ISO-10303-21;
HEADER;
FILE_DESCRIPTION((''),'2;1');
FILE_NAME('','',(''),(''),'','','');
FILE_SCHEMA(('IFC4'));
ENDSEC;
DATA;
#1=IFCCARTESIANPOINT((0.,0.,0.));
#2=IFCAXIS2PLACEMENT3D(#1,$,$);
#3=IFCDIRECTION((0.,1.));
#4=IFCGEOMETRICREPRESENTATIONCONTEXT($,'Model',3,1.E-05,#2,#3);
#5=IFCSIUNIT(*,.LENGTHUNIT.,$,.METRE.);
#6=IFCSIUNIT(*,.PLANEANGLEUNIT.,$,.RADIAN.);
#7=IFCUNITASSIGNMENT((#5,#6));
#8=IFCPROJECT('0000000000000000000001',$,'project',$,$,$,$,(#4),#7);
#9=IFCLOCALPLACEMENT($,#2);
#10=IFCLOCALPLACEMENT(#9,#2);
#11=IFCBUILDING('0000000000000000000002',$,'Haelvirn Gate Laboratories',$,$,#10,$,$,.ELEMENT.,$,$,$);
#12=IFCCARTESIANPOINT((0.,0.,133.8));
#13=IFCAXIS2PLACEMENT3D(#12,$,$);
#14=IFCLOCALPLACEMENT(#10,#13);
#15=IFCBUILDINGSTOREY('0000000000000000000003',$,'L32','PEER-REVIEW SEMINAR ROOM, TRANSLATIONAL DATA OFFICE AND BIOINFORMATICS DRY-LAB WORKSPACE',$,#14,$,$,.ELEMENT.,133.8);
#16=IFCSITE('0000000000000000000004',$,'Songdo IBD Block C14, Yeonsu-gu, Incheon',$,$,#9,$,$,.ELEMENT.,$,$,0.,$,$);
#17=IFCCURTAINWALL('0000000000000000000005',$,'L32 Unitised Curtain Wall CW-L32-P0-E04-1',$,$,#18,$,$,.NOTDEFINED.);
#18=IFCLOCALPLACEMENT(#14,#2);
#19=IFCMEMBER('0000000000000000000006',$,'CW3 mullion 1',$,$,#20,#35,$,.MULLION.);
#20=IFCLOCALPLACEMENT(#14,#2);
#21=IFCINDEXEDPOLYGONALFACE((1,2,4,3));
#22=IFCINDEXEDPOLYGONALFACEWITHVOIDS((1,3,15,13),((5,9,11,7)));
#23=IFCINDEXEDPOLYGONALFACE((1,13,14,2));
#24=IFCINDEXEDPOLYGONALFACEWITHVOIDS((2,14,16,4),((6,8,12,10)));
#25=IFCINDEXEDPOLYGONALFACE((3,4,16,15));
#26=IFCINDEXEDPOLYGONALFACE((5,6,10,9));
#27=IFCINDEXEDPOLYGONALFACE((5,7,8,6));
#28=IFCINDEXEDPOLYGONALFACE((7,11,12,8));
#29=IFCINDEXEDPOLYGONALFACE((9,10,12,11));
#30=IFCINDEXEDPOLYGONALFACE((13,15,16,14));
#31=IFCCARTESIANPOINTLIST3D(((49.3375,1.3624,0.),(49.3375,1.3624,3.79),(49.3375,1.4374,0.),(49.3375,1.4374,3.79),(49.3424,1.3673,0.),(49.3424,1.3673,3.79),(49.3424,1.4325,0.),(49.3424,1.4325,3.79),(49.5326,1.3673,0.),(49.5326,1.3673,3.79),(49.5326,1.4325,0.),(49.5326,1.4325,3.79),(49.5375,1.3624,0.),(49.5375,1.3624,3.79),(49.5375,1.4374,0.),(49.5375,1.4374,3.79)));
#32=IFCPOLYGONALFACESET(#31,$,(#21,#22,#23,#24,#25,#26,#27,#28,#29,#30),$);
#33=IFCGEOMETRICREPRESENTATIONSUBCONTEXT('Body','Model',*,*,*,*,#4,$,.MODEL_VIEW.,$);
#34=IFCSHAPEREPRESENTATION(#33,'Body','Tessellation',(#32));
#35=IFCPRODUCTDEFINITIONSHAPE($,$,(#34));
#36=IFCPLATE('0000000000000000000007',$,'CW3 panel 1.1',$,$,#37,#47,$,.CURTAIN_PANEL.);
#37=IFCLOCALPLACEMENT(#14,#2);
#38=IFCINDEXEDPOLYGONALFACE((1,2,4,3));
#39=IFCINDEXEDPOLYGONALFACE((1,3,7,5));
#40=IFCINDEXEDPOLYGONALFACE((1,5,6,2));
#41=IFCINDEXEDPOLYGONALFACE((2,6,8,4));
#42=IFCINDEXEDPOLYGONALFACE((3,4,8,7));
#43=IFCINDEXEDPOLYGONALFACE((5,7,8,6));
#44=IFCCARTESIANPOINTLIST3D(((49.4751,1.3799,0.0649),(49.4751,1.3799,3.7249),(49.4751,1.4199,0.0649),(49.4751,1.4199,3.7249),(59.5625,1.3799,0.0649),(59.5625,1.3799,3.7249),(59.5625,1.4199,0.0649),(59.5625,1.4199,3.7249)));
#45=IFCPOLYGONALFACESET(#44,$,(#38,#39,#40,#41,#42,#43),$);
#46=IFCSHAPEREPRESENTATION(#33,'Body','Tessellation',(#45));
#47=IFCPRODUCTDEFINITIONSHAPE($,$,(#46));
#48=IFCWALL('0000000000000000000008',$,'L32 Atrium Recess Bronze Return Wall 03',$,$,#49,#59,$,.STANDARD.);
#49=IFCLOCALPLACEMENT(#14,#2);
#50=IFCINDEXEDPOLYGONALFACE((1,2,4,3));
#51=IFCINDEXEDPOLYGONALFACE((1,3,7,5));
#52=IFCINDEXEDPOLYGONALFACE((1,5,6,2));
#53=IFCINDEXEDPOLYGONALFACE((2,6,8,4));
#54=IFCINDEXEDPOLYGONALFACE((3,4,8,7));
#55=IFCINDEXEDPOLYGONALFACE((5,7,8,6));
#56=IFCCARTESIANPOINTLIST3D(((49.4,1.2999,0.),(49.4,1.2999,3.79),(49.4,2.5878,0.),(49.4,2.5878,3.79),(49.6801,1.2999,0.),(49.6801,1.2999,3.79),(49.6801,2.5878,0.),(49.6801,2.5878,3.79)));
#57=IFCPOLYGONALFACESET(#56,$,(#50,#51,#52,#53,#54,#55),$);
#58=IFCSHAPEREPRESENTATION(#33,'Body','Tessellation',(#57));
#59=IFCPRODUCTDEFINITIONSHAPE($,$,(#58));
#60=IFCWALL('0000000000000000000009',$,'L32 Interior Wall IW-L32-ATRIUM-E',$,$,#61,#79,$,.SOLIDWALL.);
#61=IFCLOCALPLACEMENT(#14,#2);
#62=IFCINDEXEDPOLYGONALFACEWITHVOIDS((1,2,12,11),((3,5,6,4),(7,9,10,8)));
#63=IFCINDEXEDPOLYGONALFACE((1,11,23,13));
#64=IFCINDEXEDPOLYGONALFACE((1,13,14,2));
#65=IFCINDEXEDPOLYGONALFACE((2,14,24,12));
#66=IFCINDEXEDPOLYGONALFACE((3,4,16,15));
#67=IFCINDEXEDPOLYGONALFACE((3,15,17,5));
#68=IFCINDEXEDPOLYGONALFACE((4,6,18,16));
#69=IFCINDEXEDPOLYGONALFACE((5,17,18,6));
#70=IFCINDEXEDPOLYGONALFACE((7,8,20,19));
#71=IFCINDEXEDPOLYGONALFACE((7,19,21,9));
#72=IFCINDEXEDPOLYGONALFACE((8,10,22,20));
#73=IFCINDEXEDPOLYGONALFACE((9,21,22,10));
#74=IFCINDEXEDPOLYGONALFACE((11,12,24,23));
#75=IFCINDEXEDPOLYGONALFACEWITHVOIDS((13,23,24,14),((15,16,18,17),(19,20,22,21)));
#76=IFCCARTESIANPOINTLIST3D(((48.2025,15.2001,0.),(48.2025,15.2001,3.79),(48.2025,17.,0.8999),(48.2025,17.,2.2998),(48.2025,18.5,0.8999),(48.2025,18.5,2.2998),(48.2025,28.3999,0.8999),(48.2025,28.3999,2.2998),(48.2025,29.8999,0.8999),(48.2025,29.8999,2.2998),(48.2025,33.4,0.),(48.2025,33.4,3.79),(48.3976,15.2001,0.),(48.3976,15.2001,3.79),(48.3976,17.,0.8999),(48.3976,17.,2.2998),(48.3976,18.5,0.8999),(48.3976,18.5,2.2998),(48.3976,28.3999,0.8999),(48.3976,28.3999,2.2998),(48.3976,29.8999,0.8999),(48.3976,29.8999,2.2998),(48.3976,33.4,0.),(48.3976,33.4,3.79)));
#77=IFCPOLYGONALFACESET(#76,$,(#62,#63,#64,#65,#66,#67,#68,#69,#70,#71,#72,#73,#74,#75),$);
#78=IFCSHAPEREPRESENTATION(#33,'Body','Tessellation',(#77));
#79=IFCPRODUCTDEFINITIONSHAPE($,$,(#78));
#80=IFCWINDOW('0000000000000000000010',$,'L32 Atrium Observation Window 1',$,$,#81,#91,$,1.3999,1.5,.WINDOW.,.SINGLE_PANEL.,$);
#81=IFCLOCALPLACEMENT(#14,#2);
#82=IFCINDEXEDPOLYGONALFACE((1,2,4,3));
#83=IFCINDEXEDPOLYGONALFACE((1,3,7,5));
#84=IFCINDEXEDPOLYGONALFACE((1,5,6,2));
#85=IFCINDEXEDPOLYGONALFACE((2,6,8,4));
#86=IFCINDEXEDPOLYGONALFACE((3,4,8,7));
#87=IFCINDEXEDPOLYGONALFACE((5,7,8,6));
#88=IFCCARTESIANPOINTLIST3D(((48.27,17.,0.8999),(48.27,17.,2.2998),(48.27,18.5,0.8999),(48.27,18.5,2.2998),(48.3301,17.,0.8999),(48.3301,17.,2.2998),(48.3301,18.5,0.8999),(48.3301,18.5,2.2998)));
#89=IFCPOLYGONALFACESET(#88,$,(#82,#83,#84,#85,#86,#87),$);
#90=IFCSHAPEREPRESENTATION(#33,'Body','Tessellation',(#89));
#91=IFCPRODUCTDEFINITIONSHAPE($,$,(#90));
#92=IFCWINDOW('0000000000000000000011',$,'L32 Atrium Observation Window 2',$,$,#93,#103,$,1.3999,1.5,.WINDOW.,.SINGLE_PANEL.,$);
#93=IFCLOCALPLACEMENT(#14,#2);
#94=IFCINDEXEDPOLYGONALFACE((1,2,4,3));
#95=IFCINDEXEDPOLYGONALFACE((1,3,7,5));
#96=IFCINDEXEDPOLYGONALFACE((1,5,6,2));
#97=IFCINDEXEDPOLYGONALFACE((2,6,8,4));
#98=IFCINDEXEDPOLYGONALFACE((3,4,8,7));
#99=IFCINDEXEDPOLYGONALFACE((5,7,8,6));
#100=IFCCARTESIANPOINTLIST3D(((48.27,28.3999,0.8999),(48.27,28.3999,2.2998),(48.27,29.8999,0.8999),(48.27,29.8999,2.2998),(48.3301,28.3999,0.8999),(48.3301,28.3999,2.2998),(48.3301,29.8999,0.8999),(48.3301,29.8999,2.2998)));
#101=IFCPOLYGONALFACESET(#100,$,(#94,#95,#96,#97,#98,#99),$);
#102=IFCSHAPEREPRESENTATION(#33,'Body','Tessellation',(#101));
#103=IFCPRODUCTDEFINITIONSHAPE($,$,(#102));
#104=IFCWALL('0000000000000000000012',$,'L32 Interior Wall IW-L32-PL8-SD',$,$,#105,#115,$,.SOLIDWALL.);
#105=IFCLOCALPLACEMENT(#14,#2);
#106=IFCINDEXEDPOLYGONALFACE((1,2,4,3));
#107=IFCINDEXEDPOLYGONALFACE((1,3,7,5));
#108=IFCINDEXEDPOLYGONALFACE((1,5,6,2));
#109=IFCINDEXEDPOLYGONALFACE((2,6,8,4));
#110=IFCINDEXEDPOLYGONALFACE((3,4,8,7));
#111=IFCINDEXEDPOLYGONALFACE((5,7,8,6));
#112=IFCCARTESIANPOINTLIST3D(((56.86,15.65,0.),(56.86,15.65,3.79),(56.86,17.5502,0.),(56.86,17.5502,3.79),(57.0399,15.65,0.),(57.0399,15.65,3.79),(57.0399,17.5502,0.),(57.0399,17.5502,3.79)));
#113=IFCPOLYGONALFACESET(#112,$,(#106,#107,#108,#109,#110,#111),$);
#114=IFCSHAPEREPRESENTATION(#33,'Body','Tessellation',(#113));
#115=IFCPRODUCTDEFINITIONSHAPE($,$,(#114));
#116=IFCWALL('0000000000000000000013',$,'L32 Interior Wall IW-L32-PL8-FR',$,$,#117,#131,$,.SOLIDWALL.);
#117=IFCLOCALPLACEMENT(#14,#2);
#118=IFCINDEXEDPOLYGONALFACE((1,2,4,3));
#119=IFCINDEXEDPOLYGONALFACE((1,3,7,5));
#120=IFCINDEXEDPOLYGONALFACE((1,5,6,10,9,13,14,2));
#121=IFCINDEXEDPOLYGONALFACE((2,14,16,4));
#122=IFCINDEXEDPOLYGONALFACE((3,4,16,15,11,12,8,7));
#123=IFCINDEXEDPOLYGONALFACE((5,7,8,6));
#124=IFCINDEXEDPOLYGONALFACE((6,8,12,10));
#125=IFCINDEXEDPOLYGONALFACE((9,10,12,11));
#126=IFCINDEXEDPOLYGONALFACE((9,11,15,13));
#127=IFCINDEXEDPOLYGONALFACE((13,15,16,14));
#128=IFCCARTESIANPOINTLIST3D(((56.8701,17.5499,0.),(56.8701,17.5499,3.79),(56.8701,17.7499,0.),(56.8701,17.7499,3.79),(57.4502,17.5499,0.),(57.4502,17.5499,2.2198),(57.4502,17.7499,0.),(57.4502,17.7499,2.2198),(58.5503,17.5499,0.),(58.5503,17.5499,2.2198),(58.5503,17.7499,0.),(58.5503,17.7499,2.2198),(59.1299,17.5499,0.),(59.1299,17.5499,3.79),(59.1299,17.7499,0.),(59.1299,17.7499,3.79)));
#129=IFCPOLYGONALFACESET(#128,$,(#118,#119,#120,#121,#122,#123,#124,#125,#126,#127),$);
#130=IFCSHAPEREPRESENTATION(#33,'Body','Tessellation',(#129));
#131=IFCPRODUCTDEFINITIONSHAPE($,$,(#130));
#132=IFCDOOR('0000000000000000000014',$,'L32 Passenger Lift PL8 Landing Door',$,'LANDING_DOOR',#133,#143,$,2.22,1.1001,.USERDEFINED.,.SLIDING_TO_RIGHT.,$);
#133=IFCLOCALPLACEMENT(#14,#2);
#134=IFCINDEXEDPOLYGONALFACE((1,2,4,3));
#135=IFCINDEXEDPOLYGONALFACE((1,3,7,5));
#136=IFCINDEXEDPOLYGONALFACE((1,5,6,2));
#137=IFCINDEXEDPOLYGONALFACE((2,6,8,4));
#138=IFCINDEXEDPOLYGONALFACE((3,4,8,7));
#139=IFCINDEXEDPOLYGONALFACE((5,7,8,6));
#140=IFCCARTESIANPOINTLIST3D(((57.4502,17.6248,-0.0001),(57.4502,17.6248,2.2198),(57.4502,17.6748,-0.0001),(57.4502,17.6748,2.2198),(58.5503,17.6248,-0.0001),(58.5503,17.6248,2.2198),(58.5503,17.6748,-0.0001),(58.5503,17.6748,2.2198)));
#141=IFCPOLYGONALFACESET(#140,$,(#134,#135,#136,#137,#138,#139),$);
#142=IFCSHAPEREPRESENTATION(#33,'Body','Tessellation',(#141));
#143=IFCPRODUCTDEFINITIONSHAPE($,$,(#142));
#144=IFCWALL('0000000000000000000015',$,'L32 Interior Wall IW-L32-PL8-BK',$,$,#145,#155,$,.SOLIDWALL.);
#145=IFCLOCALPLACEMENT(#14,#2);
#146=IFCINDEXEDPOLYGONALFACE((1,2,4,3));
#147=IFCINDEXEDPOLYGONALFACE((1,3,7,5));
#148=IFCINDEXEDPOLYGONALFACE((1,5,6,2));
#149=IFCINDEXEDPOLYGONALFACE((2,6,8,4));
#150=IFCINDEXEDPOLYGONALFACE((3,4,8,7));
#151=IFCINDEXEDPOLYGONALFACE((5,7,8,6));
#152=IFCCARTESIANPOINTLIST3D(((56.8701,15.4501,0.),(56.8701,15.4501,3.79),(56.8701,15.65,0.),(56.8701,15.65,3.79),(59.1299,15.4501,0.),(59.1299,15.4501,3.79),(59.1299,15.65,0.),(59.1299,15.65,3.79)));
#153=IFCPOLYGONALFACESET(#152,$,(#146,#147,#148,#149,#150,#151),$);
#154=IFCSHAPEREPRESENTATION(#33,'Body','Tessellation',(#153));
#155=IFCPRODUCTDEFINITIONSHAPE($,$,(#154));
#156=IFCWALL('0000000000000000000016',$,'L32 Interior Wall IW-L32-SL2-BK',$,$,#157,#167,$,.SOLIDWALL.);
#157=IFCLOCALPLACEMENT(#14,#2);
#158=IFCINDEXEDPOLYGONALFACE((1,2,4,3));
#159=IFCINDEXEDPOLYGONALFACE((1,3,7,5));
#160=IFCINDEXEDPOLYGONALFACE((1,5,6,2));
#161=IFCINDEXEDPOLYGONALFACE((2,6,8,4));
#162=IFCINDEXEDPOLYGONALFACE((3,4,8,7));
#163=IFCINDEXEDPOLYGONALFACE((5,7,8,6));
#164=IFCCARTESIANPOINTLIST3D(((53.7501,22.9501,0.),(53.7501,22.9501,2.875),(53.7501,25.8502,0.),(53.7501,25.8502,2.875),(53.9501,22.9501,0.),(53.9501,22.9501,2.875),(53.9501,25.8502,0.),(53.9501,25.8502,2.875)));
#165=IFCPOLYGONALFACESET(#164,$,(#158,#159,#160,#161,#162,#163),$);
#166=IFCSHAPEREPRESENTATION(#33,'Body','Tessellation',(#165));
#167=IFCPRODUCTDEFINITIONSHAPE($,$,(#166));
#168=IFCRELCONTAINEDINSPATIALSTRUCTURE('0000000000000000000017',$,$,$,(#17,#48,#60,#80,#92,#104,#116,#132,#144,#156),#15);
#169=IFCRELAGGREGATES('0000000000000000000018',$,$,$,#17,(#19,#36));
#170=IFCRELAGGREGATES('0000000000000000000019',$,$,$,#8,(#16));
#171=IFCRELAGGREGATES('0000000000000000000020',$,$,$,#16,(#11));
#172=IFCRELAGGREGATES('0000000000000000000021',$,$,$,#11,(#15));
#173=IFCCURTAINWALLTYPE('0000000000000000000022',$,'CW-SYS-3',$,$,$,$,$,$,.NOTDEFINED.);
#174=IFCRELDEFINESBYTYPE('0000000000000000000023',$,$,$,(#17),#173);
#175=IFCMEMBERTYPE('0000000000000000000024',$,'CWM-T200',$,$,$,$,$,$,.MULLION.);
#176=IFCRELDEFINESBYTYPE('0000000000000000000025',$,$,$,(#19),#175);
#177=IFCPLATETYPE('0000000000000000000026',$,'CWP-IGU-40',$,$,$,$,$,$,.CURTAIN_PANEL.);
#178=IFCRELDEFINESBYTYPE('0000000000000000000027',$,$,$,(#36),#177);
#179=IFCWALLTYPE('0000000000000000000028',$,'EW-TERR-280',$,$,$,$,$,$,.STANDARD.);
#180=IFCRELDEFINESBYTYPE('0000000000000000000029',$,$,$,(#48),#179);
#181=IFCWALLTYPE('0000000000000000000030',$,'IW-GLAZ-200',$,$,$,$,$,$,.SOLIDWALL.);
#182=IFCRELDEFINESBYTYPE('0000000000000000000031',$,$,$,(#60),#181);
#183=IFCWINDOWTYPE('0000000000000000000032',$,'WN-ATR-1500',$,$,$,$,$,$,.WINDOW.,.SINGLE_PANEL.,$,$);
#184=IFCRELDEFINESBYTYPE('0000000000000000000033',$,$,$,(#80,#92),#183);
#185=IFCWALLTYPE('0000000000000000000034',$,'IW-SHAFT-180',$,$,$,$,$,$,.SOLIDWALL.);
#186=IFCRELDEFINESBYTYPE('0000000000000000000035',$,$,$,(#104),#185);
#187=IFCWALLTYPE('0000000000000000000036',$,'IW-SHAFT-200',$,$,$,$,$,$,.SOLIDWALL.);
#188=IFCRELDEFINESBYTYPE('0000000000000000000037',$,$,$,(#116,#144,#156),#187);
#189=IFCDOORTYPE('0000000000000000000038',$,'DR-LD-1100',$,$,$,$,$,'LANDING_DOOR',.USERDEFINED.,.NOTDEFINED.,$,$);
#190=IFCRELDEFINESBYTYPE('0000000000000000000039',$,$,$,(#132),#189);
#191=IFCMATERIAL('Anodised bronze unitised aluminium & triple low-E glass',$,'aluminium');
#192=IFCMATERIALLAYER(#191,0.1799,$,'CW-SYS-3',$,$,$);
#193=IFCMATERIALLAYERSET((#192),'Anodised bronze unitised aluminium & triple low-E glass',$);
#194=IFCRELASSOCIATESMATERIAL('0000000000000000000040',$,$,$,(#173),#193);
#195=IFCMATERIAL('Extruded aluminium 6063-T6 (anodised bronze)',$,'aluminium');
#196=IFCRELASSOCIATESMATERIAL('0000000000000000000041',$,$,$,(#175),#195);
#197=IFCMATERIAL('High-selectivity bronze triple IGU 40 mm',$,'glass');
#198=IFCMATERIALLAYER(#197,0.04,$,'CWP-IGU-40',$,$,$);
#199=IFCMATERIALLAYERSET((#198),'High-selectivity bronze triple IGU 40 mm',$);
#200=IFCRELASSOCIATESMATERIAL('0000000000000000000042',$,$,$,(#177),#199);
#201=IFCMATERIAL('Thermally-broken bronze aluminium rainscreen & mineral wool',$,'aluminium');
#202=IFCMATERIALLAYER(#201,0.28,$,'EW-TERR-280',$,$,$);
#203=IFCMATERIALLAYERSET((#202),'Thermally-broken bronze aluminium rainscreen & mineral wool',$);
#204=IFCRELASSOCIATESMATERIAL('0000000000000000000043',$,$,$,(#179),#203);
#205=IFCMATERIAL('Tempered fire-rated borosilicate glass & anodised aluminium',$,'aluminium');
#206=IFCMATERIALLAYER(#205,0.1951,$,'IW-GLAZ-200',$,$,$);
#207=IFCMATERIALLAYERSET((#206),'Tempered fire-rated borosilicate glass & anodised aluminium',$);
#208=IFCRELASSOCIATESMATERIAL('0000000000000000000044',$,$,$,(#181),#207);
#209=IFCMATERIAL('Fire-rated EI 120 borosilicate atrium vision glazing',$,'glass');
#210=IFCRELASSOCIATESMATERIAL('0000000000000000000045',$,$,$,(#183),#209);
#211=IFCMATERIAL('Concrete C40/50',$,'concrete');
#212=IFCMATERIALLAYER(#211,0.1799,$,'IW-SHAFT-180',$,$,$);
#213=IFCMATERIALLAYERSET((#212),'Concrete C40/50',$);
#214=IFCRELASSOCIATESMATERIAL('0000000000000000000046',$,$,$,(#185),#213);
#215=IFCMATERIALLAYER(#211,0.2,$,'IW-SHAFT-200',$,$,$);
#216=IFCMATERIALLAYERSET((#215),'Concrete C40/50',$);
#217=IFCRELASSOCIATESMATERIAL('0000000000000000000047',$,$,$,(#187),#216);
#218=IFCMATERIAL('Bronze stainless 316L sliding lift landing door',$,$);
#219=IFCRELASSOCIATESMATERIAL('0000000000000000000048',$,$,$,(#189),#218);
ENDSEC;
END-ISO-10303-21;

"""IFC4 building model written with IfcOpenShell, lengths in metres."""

from ifc_helpers import new_model, si_unit, direction, frame, frame_2d, origin, origin_2d, place, context, subcontext, project, spatial, rectangle, hollow_rectangle, extrude, source, transform, mapped, material, layer, layer_set, material_profile, profile_set, type_object, type_shapes, element, fill, aggregate, save


model = new_model("IFC4")

# Units and contexts
model_context = context("Model", 3, precision=1e-05, world=origin(), true_north=direction((0.0, 1.0)))
body_context = subcontext(model_context, "Body", "Model", "MODEL_VIEW")
ifc_project = project(units=[si_unit("LENGTHUNIT", "METRE"), si_unit("PLANEANGLEUNIT", "RADIAN")], contexts=[model_context])

# Site, building, storey
site_placement = place(None, origin())
site = spatial("IfcSite", under=ifc_project, at=site_placement, Name="Songdo IBD Block C14, Yeonsu-gu, Incheon", CompositionType="ELEMENT", RefElevation=0.0)
building_placement = place(site_placement, origin())
building = spatial("IfcBuilding", under=site, at=building_placement, Name="Haelvirn Gate Laboratories", CompositionType="ELEMENT")
storey_placement = place(building_placement, frame((0.0, 0.0, 133.8)))
storey = spatial("IfcBuildingStorey", under=building, at=storey_placement, Name="L32", Description="PEER-REVIEW SEMINAR ROOM, TRANSLATIONAL DATA OFFICE AND BIOINFORMATICS DRY-LAB WORKSPACE", CompositionType="ELEMENT", Elevation=133.8)

# Curtain wall
ifc_material_1 = material(Name="Anodised bronze unitised aluminium & triple low-E glass", Category="aluminium")
ifc_layer_1 = layer(ifc_material_1, 0.1799, Name="CW-SYS-3")
ifc_layer_set_1 = layer_set([ifc_layer_1], Name="Anodised bronze unitised aluminium & triple low-E glass")
curtain_wall_type = type_object("IfcCurtainWallType", Name="CW-SYS-3", PredefinedType="NOTDEFINED", material=ifc_layer_set_1)
curtain_wall_1_placement = place(storey_placement, origin())
curtain_wall_1 = element("IfcCurtainWall", 1, at=curtain_wall_1_placement, inside=storey, type_object=curtain_wall_type, Name="L32 Unitised Curtain Wall CW-L32-P0-E04-1", PredefinedType="NOTDEFINED")
ifc_material_2 = material(Name="Extruded aluminium 6063-T6 (anodised bronze)", Category="aluminium")

# Shared definitions
ifc_material_profile_1 = material_profile(ifc_material_2, hollow_rectangle(XDim=0.075, YDim=0.2, WallThickness=0.0049, at=origin_2d()), Name="CWM-200x75x5")
ifc_profile_set_1 = profile_set([ifc_material_profile_1], Name="Extruded aluminium 6063-T6 (anodised bronze)")
member_type_1 = type_object("IfcMemberType", Name="CWM-T200", PredefinedType="MULLION", material=ifc_profile_set_1)
shared_shape_1 = source(origin(), body_context, "Body", "SweptSolid", [
    extrude(hollow_rectangle(XDim=0.075, YDim=0.2, WallThickness=0.0049, at=origin_2d()), origin(), (0.0, 0.0, 1.0), 3.79),
])
type_shapes(member_type_1, [shared_shape_1])

# Member
member_1_placement = place(storey_placement, frame((49.4375, 1.3999, 0.0), z_axis=(0.0, 0.0, 1.0), x_axis=(0.0, 1.0, 0.0)))
member_1 = element("IfcMember", 2, at=member_1_placement, type_object=member_type_1, Name="CW3 mullion 1", PredefinedType="MULLION", context=body_context, shape_type="MappedRepresentation", body=[
    mapped(shared_shape_1, transform((0.0, 0.0, 0.0), scale=1.0)),
])

# Plate
ifc_material_3 = material(Name="High-selectivity bronze triple IGU 40 mm", Category="glass")
ifc_layer_2 = layer(ifc_material_3, 0.04, Name="CWP-IGU-40")
ifc_layer_set_2 = layer_set([ifc_layer_2], Name="High-selectivity bronze triple IGU 40 mm")
plate_type = type_object("IfcPlateType", Name="CWP-IGU-40", PredefinedType="CURTAIN_PANEL", material=ifc_layer_set_2)
shared_shape_2 = source(origin(), body_context, "Body", "SweptSolid", [
    extrude(rectangle(XDim=10.0874, YDim=0.04, at=origin_2d()), origin(), (0.0, 0.0, 1.0), 3.6599),
])
type_shapes(plate_type, [shared_shape_2])
plate_placement = place(storey_placement, frame((54.5188, 1.3999, 0.0649), z_axis=(0.0, 0.0, 1.0), x_axis=(1.0, 0.0, 0.0)))
plate = element("IfcPlate", 3, at=plate_placement, type_object=plate_type, Name="CW3 panel 1.1", PredefinedType="CURTAIN_PANEL", context=body_context, shape_type="MappedRepresentation", body=[
    mapped(shared_shape_2, transform((0.0, 0.0, 0.0), scale=1.0)),
])
aggregate(curtain_wall_1, [member_1, plate])

# Wall
ifc_material_4 = material(Name="Thermally-broken bronze aluminium rainscreen & mineral wool", Category="aluminium")
ifc_layer_3 = layer(ifc_material_4, 0.28, Name="EW-TERR-280")
ifc_layer_set_3 = layer_set([ifc_layer_3], Name="Thermally-broken bronze aluminium rainscreen & mineral wool")
wall_type_1 = type_object("IfcWallType", Name="EW-TERR-280", PredefinedType="STANDARD", material=ifc_layer_set_3)
wall_1_placement = place(storey_placement, frame((49.54, 2.5879, 0.0), z_axis=(0.0, 0.0, 1.0), x_axis=(0.0, -1.0, 0.0)))
element("IfcWall", 4, at=wall_1_placement, inside=storey, type_object=wall_type_1, Name="L32 Atrium Recess Bronze Return Wall 03", PredefinedType="STANDARD", context=body_context, shape_type="SweptSolid", body=[
    extrude(rectangle(XDim=1.2878, YDim=0.28, at=frame_2d((0.644, 0.0))), origin(), (0.0, 0.0, 1.0), 3.79),
])

# Wall, openings, windows
ifc_material_5 = material(Name="Tempered fire-rated borosilicate glass & anodised aluminium", Category="aluminium")
ifc_layer_4 = layer(ifc_material_5, 0.1951, Name="IW-GLAZ-200")
ifc_layer_set_4 = layer_set([ifc_layer_4], Name="Tempered fire-rated borosilicate glass & anodised aluminium")
wall_type_2 = type_object("IfcWallType", Name="IW-GLAZ-200", PredefinedType="SOLIDWALL", material=ifc_layer_set_4)
wall_2_placement = place(storey_placement, frame((48.3, 15.2, 0.0), z_axis=(0.0, 0.0, 1.0), x_axis=(0.0, 1.0, 0.0)))
wall_2 = element("IfcWall", 5, at=wall_2_placement, inside=storey, type_object=wall_type_2, Name="L32 Interior Wall IW-L32-ATRIUM-E", PredefinedType="SOLIDWALL", context=body_context, shape_type="SweptSolid", body=[
    extrude(rectangle(XDim=18.2, YDim=0.1951, at=frame_2d((9.1001, 0.0))), origin(), (0.0, 0.0, 1.0), 3.79),
])
opening_1_placement = place(wall_2_placement, frame((1.8, 0.0, 0.8999)))
opening_1 = element("IfcOpeningElement", 6, at=opening_1_placement, cuts=wall_2, PredefinedType="OPENING", context=body_context, shape_type="SweptSolid", body=[
    extrude(rectangle(XDim=1.5, YDim=1.3999, at=frame_2d((0.75, 0.7))), frame((0.0, 0.1074, 0.0), z_axis=(0.0, -1.0, 0.0), x_axis=(1.0, 0.0, 0.0)), (0.0, 0.0, 1.0), 0.2151),
])
opening_2_placement = place(wall_2_placement, frame((13.2, 0.0, 0.8999)))
opening_2 = element("IfcOpeningElement", 7, at=opening_2_placement, cuts=wall_2, PredefinedType="OPENING", context=body_context, shape_type="SweptSolid", body=[
    extrude(rectangle(XDim=1.5, YDim=1.3999, at=frame_2d((0.75, 0.7))), frame((0.0, 0.1074, 0.0), z_axis=(0.0, -1.0, 0.0), x_axis=(1.0, 0.0, 0.0)), (0.0, 0.0, 1.0), 0.2151),
])
ifc_material_6 = material(Name="Fire-rated EI 120 borosilicate atrium vision glazing", Category="glass")
window_type = type_object("IfcWindowType", Name="WN-ATR-1500", PartitioningType="SINGLE_PANEL", PredefinedType="WINDOW", material=ifc_material_6)
shared_shape_3 = source(origin(), body_context, "Body", "SweptSolid", [
    extrude(rectangle(XDim=1.5, YDim=1.3999, at=frame_2d((0.75, 0.7))), frame((0.0, 0.03, 0.0), z_axis=(0.0, -1.0, 0.0), x_axis=(1.0, 0.0, 0.0)), (0.0, 0.0, 1.0), 0.0601),
])
type_shapes(window_type, [shared_shape_3])
window_1_placement = place(opening_1_placement, origin())
window_1 = element("IfcWindow", 8, at=window_1_placement, inside=storey, type_object=window_type, Name="L32 Atrium Observation Window 1", OverallHeight=1.3999, OverallWidth=1.5, PartitioningType="SINGLE_PANEL", PredefinedType="WINDOW", context=body_context, shape_type="MappedRepresentation", body=[
    mapped(shared_shape_3, transform((0.0, 0.0, 0.0), scale=1.0)),
])
fill(opening_1, window_1)
window_2_placement = place(opening_2_placement, origin())
window_2 = element("IfcWindow", 9, at=window_2_placement, inside=storey, type_object=window_type, Name="L32 Atrium Observation Window 2", OverallHeight=1.3999, OverallWidth=1.5, PartitioningType="SINGLE_PANEL", PredefinedType="WINDOW", context=body_context, shape_type="MappedRepresentation", body=[
    mapped(shared_shape_3, transform((0.0, 0.0, 0.0), scale=1.0)),
])
fill(opening_2, window_2)

# Wall
ifc_material_7 = material(Name="Concrete C40/50", Category="concrete")
ifc_layer_5 = layer(ifc_material_7, 0.1799, Name="IW-SHAFT-180")
ifc_layer_set_5 = layer_set([ifc_layer_5], Name="Concrete C40/50")
wall_type_3 = type_object("IfcWallType", Name="IW-SHAFT-180", PredefinedType="SOLIDWALL", material=ifc_layer_set_5)
wall_3_placement = place(storey_placement, frame((56.95, 15.6499, 0.0), z_axis=(0.0, 0.0, 1.0), x_axis=(0.0, 1.0, 0.0)))
element("IfcWall", 10, at=wall_3_placement, inside=storey, type_object=wall_type_3, Name="L32 Interior Wall IW-L32-PL8-SD", PredefinedType="SOLIDWALL", context=body_context, shape_type="SweptSolid", body=[
    extrude(rectangle(XDim=1.9001, YDim=0.1799, at=frame_2d((0.9502, 0.0))), origin(), (0.0, 0.0, 1.0), 3.79),
])

# Wall, opening, door
ifc_layer_6 = layer(ifc_material_7, 0.2, Name="IW-SHAFT-200")
ifc_layer_set_6 = layer_set([ifc_layer_6], Name="Concrete C40/50")
wall_type_4 = type_object("IfcWallType", Name="IW-SHAFT-200", PredefinedType="SOLIDWALL", material=ifc_layer_set_6)
wall_4_placement = place(storey_placement, frame((56.8701, 17.6499, 0.0), z_axis=(0.0, 0.0, 1.0), x_axis=(1.0, 0.0, 0.0)))
wall_4 = element("IfcWall", 11, at=wall_4_placement, inside=storey, type_object=wall_type_4, Name="L32 Interior Wall IW-L32-PL8-FR", PredefinedType="SOLIDWALL", context=body_context, shape_type="SweptSolid", body=[
    extrude(rectangle(XDim=2.2598, YDim=0.2, at=frame_2d((1.1299, 0.0))), origin(), (0.0, 0.0, 1.0), 3.79),
])
opening_3_placement = place(wall_4_placement, frame((0.5801, 0.0, 0.0)))
opening_3 = element("IfcOpeningElement", 12, at=opening_3_placement, cuts=wall_4, PredefinedType="OPENING", context=body_context, shape_type="SweptSolid", body=[
    extrude(rectangle(XDim=1.1001, YDim=2.22, at=frame_2d((0.55, 1.1099))), frame((0.0, 0.1099, 0.0), z_axis=(0.0, -1.0, 0.0), x_axis=(1.0, 0.0, 0.0)), (0.0, 0.0, 1.0), 0.22),
])
ifc_material_8 = material(Name="Bronze stainless 316L sliding lift landing door")
door_type_1 = type_object("IfcDoorType", Name="DR-LD-1100", ElementType="LANDING_DOOR", OperationType="NOTDEFINED", PredefinedType="USERDEFINED", material=ifc_material_8)
shared_shape_4 = source(origin(), body_context, "Body", "SweptSolid", [
    extrude(rectangle(XDim=1.1001, YDim=2.22, at=frame_2d((0.55, 1.1099))), frame((0.0, 0.0249, 0.0), z_axis=(0.0, -1.0, 0.0), x_axis=(1.0, 0.0, 0.0)), (0.0, 0.0, 1.0), 0.05),
])
type_shapes(door_type_1, [shared_shape_4])
door_1_placement = place(opening_3_placement, origin())
door_1 = element("IfcDoor", 13, at=door_1_placement, inside=storey, type_object=door_type_1, Name="L32 Passenger Lift PL8 Landing Door", ObjectType="LANDING_DOOR", OperationType="SLIDING_TO_RIGHT", OverallHeight=2.22, OverallWidth=1.1001, PredefinedType="USERDEFINED", context=body_context, shape_type="MappedRepresentation", body=[
    mapped(shared_shape_4, transform((0.0, 0.0, 0.0), scale=1.0)),
])
fill(opening_3, door_1)

# Walls
wall_5_placement = place(storey_placement, frame((56.8701, 15.55, 0.0), z_axis=(0.0, 0.0, 1.0), x_axis=(1.0, 0.0, 0.0)))
element("IfcWall", 14, at=wall_5_placement, inside=storey, type_object=wall_type_4, Name="L32 Interior Wall IW-L32-PL8-BK", PredefinedType="SOLIDWALL", context=body_context, shape_type="SweptSolid", body=[
    extrude(rectangle(XDim=2.2598, YDim=0.2, at=frame_2d((1.1299, 0.0))), origin(), (0.0, 0.0, 1.0), 3.79),
])
wall_6_placement = place(storey_placement, frame((53.8501, 22.95, 0.0), z_axis=(0.0, 0.0, 1.0), x_axis=(0.0, 1.0, 0.0)))
element("IfcWall", 15, at=wall_6_placement, inside=storey, type_object=wall_type_4, Name="L32 Interior Wall IW-L32-SL2-BK", PredefinedType="SOLIDWALL", context=body_context, shape_type="SweptSolid", body=[
    extrude(rectangle(XDim=2.9001, YDim=0.2, at=frame_2d((1.4502, 0.0))), origin(), (0.0, 0.0, 1.0), 2.875),
])

save(model, "model.ifc")
